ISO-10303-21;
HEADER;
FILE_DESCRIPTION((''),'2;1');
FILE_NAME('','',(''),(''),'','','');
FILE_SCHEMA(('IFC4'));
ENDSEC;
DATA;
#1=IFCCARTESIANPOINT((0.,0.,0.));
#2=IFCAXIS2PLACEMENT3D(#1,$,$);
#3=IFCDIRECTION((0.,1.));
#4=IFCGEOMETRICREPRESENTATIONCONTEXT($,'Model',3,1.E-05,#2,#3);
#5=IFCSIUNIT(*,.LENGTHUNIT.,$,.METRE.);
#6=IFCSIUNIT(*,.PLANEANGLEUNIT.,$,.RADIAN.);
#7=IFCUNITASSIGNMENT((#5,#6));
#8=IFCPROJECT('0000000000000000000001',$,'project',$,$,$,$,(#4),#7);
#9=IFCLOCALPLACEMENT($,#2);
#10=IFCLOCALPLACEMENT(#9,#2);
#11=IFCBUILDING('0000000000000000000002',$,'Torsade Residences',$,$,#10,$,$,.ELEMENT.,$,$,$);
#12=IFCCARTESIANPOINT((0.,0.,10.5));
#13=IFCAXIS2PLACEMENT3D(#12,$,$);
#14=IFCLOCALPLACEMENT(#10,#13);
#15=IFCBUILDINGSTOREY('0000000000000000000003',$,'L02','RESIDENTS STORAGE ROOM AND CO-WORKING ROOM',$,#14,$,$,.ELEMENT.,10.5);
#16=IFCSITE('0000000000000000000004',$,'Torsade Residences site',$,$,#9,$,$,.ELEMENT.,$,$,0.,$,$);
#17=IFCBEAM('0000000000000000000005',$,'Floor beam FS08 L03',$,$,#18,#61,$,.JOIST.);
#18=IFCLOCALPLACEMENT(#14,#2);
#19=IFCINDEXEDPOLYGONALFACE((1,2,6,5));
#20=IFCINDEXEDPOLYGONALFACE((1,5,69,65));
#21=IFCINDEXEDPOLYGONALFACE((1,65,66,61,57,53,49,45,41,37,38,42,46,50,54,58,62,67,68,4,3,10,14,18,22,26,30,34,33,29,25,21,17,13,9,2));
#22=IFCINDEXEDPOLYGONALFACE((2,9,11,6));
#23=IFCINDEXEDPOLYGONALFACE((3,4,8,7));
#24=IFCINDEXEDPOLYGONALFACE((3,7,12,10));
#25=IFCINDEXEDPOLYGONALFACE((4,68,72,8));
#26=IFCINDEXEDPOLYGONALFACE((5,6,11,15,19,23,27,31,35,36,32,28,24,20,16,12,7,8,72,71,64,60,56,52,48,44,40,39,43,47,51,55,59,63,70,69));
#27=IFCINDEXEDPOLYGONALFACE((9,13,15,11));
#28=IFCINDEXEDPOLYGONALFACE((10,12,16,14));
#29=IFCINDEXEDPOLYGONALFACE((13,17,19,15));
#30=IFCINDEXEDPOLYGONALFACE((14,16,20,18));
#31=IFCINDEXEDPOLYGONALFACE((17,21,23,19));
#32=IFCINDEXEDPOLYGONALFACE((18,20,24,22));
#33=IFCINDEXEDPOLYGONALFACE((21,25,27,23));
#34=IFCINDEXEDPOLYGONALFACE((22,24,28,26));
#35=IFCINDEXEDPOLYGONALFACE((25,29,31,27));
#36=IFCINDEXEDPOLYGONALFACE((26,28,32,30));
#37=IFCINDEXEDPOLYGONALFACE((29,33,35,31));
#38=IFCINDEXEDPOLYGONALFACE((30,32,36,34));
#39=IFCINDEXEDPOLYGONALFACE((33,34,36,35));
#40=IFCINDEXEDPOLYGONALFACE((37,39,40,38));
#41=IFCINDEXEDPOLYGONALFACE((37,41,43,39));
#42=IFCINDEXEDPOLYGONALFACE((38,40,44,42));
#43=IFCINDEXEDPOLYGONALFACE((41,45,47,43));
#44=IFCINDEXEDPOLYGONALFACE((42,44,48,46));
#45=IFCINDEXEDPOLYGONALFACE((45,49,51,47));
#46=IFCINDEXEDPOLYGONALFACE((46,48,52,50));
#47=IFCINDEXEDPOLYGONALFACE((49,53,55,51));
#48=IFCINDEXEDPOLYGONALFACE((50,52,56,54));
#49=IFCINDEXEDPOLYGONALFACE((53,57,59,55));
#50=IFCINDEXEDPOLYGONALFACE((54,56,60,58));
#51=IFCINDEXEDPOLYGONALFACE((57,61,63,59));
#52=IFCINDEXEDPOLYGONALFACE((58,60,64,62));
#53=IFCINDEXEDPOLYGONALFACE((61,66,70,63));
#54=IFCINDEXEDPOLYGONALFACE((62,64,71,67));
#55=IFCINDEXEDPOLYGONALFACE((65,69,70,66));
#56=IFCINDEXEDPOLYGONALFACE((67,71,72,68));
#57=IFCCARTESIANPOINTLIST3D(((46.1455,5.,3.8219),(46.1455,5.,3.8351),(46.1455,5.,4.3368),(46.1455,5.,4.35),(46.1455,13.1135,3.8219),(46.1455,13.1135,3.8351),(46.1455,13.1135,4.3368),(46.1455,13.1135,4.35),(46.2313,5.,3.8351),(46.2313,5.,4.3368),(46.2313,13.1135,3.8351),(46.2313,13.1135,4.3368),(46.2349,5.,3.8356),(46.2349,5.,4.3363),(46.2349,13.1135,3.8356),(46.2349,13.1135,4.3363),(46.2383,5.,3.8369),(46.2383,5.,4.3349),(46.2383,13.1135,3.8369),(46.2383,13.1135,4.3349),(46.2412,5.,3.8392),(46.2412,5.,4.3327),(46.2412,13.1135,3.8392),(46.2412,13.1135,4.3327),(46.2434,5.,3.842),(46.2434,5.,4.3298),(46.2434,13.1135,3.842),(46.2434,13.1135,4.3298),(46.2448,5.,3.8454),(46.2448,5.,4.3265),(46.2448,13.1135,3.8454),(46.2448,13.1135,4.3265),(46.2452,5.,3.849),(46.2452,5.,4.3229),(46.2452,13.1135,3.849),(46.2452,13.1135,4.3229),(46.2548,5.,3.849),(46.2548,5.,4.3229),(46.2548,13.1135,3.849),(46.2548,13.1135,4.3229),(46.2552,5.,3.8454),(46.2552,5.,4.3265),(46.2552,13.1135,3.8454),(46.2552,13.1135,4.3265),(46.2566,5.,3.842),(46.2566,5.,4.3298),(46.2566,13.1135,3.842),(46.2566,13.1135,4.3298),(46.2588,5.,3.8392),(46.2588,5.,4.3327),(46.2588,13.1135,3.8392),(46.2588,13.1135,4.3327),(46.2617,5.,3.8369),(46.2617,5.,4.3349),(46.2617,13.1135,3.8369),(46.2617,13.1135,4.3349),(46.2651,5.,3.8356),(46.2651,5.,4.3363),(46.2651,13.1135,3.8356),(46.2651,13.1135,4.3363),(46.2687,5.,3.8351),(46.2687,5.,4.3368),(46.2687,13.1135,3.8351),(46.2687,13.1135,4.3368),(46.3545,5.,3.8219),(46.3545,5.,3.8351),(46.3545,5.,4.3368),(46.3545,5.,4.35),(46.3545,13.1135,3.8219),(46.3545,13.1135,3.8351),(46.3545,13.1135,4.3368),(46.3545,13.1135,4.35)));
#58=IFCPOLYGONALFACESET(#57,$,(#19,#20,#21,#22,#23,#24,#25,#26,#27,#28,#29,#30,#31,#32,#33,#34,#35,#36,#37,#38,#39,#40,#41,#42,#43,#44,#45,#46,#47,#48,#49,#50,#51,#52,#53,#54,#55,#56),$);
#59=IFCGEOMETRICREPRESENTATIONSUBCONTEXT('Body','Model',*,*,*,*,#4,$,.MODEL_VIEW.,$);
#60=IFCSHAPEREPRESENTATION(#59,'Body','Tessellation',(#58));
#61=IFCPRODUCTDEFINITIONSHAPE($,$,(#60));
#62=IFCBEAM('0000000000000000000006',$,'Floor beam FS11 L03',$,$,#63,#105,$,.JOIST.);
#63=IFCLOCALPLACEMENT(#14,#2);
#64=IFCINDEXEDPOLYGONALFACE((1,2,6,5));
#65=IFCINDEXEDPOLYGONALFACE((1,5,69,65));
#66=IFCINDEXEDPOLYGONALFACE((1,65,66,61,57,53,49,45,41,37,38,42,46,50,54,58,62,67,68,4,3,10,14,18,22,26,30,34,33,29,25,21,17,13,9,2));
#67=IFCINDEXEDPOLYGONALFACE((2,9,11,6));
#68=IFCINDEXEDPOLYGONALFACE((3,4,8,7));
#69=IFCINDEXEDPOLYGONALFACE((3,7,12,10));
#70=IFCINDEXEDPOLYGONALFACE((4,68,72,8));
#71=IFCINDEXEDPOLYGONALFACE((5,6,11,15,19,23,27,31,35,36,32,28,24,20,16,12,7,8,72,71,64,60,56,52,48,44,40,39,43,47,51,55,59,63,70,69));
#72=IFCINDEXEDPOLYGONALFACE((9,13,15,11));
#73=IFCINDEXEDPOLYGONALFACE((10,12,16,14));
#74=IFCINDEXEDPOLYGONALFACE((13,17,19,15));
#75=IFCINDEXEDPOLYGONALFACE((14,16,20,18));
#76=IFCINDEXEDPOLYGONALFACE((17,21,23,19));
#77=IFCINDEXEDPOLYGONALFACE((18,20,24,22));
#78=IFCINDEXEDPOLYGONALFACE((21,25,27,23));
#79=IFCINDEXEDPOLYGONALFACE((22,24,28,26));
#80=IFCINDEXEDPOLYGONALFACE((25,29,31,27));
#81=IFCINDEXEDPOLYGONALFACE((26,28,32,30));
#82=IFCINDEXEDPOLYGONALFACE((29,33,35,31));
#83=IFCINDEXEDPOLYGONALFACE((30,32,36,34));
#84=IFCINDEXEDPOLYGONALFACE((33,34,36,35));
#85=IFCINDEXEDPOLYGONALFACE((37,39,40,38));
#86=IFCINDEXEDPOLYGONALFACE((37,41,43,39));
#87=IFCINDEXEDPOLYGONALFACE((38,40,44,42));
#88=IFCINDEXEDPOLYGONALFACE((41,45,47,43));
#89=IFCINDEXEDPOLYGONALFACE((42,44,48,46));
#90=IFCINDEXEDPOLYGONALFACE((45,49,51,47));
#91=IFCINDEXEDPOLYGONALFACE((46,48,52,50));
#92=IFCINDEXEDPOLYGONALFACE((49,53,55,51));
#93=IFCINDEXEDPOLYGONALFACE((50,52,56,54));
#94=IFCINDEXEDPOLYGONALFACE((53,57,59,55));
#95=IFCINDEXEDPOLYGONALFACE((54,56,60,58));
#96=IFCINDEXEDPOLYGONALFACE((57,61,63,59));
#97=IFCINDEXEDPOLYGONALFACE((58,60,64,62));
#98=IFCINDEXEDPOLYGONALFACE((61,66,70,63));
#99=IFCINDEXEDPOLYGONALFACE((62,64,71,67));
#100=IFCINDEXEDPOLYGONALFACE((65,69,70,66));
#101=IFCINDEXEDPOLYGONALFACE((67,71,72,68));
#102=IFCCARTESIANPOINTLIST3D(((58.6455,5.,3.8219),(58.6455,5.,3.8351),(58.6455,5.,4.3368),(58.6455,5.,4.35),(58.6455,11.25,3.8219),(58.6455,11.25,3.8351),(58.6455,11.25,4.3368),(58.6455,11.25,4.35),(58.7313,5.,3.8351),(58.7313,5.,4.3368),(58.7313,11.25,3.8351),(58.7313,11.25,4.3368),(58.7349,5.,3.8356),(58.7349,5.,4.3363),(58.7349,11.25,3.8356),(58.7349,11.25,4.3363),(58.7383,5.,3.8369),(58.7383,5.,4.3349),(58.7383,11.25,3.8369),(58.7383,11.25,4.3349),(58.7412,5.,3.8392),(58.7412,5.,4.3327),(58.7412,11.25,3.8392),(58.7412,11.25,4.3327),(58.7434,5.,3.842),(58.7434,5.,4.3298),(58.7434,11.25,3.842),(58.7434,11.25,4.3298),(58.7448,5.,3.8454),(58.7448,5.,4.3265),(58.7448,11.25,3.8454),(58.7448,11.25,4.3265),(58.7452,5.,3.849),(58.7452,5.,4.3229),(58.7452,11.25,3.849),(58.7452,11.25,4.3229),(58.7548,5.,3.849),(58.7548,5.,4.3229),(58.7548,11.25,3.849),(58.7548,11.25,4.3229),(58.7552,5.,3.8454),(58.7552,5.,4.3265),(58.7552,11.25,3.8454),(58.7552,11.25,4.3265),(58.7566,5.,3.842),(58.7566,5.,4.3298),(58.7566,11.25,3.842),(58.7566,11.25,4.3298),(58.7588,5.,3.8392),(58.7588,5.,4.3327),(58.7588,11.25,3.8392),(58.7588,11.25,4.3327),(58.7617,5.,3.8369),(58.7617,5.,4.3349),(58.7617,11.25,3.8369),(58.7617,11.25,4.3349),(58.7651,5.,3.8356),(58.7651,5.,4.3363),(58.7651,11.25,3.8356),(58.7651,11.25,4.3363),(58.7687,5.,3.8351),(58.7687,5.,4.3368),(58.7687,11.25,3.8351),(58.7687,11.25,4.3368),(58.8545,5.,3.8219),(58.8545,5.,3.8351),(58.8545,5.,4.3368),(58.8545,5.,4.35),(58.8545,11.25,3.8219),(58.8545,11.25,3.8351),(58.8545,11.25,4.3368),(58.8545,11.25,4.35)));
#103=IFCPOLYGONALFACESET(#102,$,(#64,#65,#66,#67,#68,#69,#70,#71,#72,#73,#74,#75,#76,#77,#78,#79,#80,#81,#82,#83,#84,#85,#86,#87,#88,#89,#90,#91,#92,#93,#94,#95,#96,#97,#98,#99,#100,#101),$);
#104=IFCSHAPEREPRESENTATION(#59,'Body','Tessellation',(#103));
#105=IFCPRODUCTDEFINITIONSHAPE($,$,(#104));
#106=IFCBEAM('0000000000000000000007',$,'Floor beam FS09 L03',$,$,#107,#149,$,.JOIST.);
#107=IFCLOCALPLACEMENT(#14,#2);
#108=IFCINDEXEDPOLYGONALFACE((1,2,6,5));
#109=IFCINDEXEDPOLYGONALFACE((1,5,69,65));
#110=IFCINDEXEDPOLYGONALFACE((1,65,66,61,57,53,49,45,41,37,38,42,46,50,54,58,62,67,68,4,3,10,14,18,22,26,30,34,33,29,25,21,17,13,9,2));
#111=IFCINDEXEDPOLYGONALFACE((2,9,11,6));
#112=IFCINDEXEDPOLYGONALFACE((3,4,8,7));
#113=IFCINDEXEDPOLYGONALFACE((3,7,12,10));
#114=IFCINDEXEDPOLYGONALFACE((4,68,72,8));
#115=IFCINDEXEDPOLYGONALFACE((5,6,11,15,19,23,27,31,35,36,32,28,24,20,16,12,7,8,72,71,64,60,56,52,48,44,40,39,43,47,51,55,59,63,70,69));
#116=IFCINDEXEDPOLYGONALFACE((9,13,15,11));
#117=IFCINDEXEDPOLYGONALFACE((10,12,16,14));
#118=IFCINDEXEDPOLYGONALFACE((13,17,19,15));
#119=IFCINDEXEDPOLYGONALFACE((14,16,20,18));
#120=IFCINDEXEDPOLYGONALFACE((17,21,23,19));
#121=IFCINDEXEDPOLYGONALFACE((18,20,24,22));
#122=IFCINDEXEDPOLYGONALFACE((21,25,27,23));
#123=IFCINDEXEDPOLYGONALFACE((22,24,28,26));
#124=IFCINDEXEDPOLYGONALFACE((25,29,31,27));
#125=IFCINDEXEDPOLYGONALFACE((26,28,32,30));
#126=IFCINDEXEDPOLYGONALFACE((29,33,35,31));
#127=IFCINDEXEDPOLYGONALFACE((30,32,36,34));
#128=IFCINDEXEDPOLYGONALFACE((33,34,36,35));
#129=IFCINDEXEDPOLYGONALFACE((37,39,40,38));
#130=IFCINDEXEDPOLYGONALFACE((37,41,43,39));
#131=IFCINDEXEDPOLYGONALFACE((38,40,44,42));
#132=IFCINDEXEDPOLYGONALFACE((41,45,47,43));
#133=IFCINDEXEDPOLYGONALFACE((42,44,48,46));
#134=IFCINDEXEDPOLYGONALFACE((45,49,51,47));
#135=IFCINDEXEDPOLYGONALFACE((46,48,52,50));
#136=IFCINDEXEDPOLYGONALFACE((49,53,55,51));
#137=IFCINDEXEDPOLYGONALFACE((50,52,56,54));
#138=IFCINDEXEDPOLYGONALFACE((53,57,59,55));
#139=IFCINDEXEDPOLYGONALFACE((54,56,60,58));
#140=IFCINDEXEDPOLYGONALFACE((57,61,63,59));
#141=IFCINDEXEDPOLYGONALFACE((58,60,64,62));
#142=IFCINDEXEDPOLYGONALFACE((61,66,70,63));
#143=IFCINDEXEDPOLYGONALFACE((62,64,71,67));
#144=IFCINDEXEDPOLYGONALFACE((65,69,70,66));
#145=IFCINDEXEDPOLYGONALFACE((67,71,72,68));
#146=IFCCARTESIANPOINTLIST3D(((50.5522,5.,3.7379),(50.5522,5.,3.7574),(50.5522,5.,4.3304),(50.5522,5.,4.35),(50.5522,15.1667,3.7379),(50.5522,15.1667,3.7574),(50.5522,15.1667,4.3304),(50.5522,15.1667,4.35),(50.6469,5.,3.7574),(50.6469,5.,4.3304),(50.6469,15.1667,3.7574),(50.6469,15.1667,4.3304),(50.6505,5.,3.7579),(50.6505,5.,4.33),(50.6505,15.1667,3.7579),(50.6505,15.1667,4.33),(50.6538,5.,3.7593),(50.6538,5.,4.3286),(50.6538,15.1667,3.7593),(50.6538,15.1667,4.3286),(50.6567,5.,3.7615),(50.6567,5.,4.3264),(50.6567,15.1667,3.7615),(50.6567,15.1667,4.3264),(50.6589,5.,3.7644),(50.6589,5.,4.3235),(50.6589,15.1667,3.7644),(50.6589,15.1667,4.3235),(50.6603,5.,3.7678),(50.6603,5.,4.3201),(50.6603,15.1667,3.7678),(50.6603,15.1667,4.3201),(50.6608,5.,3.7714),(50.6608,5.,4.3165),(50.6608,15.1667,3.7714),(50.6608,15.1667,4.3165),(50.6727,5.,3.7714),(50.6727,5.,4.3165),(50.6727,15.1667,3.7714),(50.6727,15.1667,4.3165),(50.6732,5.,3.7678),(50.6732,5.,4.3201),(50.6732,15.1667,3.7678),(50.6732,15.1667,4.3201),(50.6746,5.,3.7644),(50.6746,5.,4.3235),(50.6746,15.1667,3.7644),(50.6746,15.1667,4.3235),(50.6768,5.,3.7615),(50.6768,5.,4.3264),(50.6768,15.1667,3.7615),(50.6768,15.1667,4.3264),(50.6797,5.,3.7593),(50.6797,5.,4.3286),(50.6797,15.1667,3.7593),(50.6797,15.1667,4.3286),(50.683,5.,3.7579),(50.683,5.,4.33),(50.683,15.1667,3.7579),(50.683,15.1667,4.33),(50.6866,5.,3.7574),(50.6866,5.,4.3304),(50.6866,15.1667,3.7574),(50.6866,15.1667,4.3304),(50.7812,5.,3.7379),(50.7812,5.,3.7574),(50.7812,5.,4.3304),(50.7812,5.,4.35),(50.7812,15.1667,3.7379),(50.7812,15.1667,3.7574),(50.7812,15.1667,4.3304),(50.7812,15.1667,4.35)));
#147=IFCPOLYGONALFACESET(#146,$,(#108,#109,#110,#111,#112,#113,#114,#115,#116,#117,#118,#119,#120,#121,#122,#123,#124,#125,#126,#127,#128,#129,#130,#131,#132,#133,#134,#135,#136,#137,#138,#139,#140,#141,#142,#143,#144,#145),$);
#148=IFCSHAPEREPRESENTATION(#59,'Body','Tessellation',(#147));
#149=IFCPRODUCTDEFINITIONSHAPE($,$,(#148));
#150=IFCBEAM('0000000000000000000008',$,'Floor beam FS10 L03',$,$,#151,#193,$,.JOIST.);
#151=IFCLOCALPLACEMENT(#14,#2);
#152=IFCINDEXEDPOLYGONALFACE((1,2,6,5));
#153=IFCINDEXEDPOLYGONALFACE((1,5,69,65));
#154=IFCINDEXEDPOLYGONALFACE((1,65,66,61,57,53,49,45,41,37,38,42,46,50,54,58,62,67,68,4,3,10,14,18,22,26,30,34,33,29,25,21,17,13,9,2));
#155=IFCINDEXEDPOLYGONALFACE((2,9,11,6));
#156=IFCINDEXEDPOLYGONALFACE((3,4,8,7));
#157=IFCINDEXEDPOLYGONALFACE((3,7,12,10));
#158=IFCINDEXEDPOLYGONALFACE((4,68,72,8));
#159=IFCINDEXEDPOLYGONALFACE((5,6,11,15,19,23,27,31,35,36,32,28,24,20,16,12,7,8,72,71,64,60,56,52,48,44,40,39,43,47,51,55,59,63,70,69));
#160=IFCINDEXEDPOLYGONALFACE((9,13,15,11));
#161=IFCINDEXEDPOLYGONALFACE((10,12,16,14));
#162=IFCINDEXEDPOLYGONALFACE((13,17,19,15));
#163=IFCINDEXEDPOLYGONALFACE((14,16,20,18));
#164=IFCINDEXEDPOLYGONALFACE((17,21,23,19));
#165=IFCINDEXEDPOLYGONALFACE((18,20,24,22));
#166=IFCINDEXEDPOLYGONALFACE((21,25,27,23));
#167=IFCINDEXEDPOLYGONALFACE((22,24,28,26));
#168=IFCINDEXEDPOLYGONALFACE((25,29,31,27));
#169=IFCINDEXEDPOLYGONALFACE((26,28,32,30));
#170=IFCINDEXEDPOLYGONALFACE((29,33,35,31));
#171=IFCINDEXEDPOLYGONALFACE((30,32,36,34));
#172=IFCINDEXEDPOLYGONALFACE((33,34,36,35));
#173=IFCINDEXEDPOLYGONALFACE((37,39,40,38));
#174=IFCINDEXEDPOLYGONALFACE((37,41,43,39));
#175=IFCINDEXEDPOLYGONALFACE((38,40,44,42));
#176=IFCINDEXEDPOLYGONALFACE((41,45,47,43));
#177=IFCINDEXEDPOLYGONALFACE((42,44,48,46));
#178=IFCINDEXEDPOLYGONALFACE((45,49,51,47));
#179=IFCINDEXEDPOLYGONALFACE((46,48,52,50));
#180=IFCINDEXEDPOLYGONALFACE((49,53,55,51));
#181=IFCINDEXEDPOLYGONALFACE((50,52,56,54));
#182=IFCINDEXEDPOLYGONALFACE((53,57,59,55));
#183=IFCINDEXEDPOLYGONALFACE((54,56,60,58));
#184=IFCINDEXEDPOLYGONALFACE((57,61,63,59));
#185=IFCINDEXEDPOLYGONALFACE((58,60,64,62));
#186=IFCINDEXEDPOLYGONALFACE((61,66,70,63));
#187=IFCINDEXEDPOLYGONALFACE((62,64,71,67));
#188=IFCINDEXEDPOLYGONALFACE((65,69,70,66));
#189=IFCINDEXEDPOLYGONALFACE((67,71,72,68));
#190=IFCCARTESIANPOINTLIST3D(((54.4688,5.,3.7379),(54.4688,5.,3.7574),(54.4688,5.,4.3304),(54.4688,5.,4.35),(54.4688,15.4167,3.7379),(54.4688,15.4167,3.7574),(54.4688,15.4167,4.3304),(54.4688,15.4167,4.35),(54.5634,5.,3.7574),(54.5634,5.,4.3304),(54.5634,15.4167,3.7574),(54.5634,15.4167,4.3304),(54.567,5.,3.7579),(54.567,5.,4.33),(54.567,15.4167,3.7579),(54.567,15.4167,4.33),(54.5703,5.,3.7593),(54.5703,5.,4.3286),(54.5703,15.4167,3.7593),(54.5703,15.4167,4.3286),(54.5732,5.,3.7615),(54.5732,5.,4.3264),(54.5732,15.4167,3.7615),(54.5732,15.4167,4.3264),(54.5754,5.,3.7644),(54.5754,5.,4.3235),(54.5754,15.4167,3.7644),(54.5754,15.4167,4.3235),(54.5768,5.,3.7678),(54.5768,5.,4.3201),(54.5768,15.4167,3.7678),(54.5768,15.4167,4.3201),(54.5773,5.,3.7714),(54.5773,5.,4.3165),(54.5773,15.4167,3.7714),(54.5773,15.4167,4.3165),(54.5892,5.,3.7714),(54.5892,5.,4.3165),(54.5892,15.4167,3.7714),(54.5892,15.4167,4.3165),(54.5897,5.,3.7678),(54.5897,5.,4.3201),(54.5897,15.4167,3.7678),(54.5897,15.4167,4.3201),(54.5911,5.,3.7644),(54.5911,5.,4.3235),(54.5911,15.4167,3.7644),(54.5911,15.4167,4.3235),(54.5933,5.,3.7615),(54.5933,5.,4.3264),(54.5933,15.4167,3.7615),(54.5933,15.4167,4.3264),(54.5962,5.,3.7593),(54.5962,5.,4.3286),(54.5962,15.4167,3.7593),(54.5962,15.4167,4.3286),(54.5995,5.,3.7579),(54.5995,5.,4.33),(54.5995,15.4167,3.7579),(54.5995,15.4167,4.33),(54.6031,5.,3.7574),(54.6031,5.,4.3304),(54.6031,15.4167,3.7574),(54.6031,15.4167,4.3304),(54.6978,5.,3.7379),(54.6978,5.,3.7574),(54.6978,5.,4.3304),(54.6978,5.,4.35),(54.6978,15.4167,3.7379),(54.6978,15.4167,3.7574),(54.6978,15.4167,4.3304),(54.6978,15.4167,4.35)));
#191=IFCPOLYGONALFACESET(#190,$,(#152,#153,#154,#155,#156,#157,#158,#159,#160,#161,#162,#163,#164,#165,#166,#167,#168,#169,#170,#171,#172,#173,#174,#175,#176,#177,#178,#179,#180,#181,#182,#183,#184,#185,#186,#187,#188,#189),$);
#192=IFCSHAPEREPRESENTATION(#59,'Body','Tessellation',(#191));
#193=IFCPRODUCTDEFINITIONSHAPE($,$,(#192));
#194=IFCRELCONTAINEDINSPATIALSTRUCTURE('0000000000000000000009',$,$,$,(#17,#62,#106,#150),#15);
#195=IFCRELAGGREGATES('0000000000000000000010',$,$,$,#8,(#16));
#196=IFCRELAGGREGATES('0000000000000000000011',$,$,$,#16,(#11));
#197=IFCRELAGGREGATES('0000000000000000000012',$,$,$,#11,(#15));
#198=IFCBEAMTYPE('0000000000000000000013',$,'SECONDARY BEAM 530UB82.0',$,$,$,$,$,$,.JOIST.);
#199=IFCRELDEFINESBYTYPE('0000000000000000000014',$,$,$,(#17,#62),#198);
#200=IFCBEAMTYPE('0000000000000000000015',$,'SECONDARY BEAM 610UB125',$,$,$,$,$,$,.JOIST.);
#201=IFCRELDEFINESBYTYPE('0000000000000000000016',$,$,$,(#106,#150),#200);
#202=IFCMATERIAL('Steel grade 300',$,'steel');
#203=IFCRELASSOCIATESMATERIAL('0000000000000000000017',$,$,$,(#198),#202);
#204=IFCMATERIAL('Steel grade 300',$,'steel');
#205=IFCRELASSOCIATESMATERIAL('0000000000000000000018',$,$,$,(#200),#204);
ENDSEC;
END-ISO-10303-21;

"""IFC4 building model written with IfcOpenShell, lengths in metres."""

from ifc_helpers import new_model, si_unit, direction, frame, origin, origin_2d, place, context, subcontext, project, spatial, i_section, extrude, material, material_profile, profile_set, type_object, element, save


model = new_model("IFC4")

# Units and contexts
model_context = context("Model", 3, precision=1e-05, world=origin(), true_north=direction((0.0, 1.0)))
body_context = subcontext(model_context, "Body", "Model", "MODEL_VIEW")
ifc_project = project(units=[si_unit("LENGTHUNIT", "METRE"), si_unit("PLANEANGLEUNIT", "RADIAN")], contexts=[model_context])

# Site, building, storey
site_placement = place(None, origin())
site = spatial("IfcSite", under=ifc_project, at=site_placement, Name="Torsade Residences site", CompositionType="ELEMENT", RefElevation=0.0)
building_placement = place(site_placement, origin())
building = spatial("IfcBuilding", under=site, at=building_placement, Name="Torsade Residences", CompositionType="ELEMENT")
storey_placement = place(building_placement, frame((0.0, 0.0, 10.5)))
storey = spatial("IfcBuildingStorey", under=building, at=storey_placement, Name="L02", Description="RESIDENTS STORAGE ROOM AND CO-WORKING ROOM", CompositionType="ELEMENT", Elevation=10.5)

# Beams
ifc_material_1 = material(Name="Steel grade 300", Category="steel")
ifc_material_profile_1 = material_profile(ifc_material_1, i_section(OverallWidth=0.209, OverallDepth=0.5281, WebThickness=0.0095, FlangeThickness=0.0132, FilletRadius=0.0139, at=origin_2d()), Name="530UB82.0")
ifc_profile_set_1 = profile_set([ifc_material_profile_1], Name="Steel grade 300")
beam_type_1 = type_object("IfcBeamType", Name="SECONDARY BEAM 530UB82.0", PredefinedType="JOIST", material=ifc_profile_set_1)
beam_1_placement = place(storey_placement, frame((46.25, 5.0, 4.0859), z_axis=(0.0, 1.0, 0.0), x_axis=(-1.0, 0.0, 0.0)))
element("IfcBeam", 1, at=beam_1_placement, inside=storey, type_object=beam_type_1, Name="Floor beam FS08 L03", PredefinedType="JOIST", context=body_context, shape_type="SweptSolid", body=[
    extrude(i_section(OverallWidth=0.209, OverallDepth=0.5281, WebThickness=0.0095, FlangeThickness=0.0132, FilletRadius=0.0139, at=origin_2d()), origin(), (0.0, 0.0, 1.0), 8.1135),
])
beam_2_placement = place(storey_placement, frame((58.75, 5.0, 4.0859), z_axis=(0.0, 1.0, 0.0), x_axis=(-1.0, 0.0, 0.0)))
element("IfcBeam", 2, at=beam_2_placement, inside=storey, type_object=beam_type_1, Name="Floor beam FS11 L03", PredefinedType="JOIST", context=body_context, shape_type="SweptSolid", body=[
    extrude(i_section(OverallWidth=0.209, OverallDepth=0.5281, WebThickness=0.0095, FlangeThickness=0.0132, FilletRadius=0.0139, at=origin_2d()), origin(), (0.0, 0.0, 1.0), 6.25),
])
ifc_material_2 = material(Name="Steel grade 300", Category="steel")
ifc_material_profile_2 = material_profile(ifc_material_2, i_section(OverallWidth=0.229, OverallDepth=0.6121, WebThickness=0.012, FlangeThickness=0.0195, FilletRadius=0.0139, at=origin_2d()), Name="610UB125")
ifc_profile_set_2 = profile_set([ifc_material_profile_2], Name="Steel grade 300")
beam_type_2 = type_object("IfcBeamType", Name="SECONDARY BEAM 610UB125", PredefinedType="JOIST", material=ifc_profile_set_2)
beam_3_placement = place(storey_placement, frame((50.6667, 5.0, 4.0439), z_axis=(0.0, 1.0, 0.0), x_axis=(-1.0, 0.0, 0.0)))
element("IfcBeam", 3, at=beam_3_placement, inside=storey, type_object=beam_type_2, Name="Floor beam FS09 L03", PredefinedType="JOIST", context=body_context, shape_type="SweptSolid", body=[
    extrude(i_section(OverallWidth=0.229, OverallDepth=0.6121, WebThickness=0.012, FlangeThickness=0.0195, FilletRadius=0.0139, at=origin_2d()), origin(), (0.0, 0.0, 1.0), 10.1667),
])
beam_4_placement = place(storey_placement, frame((54.5833, 5.0, 4.0439), z_axis=(0.0, 1.0, 0.0), x_axis=(-1.0, 0.0, 0.0)))
element("IfcBeam", 4, at=beam_4_placement, inside=storey, type_object=beam_type_2, Name="Floor beam FS10 L03", PredefinedType="JOIST", context=body_context, shape_type="SweptSolid", body=[
    extrude(i_section(OverallWidth=0.229, OverallDepth=0.6121, WebThickness=0.012, FlangeThickness=0.0195, FilletRadius=0.0139, at=origin_2d()), origin(), (0.0, 0.0, 1.0), 10.4167),
])

save(model, "model.ifc")
